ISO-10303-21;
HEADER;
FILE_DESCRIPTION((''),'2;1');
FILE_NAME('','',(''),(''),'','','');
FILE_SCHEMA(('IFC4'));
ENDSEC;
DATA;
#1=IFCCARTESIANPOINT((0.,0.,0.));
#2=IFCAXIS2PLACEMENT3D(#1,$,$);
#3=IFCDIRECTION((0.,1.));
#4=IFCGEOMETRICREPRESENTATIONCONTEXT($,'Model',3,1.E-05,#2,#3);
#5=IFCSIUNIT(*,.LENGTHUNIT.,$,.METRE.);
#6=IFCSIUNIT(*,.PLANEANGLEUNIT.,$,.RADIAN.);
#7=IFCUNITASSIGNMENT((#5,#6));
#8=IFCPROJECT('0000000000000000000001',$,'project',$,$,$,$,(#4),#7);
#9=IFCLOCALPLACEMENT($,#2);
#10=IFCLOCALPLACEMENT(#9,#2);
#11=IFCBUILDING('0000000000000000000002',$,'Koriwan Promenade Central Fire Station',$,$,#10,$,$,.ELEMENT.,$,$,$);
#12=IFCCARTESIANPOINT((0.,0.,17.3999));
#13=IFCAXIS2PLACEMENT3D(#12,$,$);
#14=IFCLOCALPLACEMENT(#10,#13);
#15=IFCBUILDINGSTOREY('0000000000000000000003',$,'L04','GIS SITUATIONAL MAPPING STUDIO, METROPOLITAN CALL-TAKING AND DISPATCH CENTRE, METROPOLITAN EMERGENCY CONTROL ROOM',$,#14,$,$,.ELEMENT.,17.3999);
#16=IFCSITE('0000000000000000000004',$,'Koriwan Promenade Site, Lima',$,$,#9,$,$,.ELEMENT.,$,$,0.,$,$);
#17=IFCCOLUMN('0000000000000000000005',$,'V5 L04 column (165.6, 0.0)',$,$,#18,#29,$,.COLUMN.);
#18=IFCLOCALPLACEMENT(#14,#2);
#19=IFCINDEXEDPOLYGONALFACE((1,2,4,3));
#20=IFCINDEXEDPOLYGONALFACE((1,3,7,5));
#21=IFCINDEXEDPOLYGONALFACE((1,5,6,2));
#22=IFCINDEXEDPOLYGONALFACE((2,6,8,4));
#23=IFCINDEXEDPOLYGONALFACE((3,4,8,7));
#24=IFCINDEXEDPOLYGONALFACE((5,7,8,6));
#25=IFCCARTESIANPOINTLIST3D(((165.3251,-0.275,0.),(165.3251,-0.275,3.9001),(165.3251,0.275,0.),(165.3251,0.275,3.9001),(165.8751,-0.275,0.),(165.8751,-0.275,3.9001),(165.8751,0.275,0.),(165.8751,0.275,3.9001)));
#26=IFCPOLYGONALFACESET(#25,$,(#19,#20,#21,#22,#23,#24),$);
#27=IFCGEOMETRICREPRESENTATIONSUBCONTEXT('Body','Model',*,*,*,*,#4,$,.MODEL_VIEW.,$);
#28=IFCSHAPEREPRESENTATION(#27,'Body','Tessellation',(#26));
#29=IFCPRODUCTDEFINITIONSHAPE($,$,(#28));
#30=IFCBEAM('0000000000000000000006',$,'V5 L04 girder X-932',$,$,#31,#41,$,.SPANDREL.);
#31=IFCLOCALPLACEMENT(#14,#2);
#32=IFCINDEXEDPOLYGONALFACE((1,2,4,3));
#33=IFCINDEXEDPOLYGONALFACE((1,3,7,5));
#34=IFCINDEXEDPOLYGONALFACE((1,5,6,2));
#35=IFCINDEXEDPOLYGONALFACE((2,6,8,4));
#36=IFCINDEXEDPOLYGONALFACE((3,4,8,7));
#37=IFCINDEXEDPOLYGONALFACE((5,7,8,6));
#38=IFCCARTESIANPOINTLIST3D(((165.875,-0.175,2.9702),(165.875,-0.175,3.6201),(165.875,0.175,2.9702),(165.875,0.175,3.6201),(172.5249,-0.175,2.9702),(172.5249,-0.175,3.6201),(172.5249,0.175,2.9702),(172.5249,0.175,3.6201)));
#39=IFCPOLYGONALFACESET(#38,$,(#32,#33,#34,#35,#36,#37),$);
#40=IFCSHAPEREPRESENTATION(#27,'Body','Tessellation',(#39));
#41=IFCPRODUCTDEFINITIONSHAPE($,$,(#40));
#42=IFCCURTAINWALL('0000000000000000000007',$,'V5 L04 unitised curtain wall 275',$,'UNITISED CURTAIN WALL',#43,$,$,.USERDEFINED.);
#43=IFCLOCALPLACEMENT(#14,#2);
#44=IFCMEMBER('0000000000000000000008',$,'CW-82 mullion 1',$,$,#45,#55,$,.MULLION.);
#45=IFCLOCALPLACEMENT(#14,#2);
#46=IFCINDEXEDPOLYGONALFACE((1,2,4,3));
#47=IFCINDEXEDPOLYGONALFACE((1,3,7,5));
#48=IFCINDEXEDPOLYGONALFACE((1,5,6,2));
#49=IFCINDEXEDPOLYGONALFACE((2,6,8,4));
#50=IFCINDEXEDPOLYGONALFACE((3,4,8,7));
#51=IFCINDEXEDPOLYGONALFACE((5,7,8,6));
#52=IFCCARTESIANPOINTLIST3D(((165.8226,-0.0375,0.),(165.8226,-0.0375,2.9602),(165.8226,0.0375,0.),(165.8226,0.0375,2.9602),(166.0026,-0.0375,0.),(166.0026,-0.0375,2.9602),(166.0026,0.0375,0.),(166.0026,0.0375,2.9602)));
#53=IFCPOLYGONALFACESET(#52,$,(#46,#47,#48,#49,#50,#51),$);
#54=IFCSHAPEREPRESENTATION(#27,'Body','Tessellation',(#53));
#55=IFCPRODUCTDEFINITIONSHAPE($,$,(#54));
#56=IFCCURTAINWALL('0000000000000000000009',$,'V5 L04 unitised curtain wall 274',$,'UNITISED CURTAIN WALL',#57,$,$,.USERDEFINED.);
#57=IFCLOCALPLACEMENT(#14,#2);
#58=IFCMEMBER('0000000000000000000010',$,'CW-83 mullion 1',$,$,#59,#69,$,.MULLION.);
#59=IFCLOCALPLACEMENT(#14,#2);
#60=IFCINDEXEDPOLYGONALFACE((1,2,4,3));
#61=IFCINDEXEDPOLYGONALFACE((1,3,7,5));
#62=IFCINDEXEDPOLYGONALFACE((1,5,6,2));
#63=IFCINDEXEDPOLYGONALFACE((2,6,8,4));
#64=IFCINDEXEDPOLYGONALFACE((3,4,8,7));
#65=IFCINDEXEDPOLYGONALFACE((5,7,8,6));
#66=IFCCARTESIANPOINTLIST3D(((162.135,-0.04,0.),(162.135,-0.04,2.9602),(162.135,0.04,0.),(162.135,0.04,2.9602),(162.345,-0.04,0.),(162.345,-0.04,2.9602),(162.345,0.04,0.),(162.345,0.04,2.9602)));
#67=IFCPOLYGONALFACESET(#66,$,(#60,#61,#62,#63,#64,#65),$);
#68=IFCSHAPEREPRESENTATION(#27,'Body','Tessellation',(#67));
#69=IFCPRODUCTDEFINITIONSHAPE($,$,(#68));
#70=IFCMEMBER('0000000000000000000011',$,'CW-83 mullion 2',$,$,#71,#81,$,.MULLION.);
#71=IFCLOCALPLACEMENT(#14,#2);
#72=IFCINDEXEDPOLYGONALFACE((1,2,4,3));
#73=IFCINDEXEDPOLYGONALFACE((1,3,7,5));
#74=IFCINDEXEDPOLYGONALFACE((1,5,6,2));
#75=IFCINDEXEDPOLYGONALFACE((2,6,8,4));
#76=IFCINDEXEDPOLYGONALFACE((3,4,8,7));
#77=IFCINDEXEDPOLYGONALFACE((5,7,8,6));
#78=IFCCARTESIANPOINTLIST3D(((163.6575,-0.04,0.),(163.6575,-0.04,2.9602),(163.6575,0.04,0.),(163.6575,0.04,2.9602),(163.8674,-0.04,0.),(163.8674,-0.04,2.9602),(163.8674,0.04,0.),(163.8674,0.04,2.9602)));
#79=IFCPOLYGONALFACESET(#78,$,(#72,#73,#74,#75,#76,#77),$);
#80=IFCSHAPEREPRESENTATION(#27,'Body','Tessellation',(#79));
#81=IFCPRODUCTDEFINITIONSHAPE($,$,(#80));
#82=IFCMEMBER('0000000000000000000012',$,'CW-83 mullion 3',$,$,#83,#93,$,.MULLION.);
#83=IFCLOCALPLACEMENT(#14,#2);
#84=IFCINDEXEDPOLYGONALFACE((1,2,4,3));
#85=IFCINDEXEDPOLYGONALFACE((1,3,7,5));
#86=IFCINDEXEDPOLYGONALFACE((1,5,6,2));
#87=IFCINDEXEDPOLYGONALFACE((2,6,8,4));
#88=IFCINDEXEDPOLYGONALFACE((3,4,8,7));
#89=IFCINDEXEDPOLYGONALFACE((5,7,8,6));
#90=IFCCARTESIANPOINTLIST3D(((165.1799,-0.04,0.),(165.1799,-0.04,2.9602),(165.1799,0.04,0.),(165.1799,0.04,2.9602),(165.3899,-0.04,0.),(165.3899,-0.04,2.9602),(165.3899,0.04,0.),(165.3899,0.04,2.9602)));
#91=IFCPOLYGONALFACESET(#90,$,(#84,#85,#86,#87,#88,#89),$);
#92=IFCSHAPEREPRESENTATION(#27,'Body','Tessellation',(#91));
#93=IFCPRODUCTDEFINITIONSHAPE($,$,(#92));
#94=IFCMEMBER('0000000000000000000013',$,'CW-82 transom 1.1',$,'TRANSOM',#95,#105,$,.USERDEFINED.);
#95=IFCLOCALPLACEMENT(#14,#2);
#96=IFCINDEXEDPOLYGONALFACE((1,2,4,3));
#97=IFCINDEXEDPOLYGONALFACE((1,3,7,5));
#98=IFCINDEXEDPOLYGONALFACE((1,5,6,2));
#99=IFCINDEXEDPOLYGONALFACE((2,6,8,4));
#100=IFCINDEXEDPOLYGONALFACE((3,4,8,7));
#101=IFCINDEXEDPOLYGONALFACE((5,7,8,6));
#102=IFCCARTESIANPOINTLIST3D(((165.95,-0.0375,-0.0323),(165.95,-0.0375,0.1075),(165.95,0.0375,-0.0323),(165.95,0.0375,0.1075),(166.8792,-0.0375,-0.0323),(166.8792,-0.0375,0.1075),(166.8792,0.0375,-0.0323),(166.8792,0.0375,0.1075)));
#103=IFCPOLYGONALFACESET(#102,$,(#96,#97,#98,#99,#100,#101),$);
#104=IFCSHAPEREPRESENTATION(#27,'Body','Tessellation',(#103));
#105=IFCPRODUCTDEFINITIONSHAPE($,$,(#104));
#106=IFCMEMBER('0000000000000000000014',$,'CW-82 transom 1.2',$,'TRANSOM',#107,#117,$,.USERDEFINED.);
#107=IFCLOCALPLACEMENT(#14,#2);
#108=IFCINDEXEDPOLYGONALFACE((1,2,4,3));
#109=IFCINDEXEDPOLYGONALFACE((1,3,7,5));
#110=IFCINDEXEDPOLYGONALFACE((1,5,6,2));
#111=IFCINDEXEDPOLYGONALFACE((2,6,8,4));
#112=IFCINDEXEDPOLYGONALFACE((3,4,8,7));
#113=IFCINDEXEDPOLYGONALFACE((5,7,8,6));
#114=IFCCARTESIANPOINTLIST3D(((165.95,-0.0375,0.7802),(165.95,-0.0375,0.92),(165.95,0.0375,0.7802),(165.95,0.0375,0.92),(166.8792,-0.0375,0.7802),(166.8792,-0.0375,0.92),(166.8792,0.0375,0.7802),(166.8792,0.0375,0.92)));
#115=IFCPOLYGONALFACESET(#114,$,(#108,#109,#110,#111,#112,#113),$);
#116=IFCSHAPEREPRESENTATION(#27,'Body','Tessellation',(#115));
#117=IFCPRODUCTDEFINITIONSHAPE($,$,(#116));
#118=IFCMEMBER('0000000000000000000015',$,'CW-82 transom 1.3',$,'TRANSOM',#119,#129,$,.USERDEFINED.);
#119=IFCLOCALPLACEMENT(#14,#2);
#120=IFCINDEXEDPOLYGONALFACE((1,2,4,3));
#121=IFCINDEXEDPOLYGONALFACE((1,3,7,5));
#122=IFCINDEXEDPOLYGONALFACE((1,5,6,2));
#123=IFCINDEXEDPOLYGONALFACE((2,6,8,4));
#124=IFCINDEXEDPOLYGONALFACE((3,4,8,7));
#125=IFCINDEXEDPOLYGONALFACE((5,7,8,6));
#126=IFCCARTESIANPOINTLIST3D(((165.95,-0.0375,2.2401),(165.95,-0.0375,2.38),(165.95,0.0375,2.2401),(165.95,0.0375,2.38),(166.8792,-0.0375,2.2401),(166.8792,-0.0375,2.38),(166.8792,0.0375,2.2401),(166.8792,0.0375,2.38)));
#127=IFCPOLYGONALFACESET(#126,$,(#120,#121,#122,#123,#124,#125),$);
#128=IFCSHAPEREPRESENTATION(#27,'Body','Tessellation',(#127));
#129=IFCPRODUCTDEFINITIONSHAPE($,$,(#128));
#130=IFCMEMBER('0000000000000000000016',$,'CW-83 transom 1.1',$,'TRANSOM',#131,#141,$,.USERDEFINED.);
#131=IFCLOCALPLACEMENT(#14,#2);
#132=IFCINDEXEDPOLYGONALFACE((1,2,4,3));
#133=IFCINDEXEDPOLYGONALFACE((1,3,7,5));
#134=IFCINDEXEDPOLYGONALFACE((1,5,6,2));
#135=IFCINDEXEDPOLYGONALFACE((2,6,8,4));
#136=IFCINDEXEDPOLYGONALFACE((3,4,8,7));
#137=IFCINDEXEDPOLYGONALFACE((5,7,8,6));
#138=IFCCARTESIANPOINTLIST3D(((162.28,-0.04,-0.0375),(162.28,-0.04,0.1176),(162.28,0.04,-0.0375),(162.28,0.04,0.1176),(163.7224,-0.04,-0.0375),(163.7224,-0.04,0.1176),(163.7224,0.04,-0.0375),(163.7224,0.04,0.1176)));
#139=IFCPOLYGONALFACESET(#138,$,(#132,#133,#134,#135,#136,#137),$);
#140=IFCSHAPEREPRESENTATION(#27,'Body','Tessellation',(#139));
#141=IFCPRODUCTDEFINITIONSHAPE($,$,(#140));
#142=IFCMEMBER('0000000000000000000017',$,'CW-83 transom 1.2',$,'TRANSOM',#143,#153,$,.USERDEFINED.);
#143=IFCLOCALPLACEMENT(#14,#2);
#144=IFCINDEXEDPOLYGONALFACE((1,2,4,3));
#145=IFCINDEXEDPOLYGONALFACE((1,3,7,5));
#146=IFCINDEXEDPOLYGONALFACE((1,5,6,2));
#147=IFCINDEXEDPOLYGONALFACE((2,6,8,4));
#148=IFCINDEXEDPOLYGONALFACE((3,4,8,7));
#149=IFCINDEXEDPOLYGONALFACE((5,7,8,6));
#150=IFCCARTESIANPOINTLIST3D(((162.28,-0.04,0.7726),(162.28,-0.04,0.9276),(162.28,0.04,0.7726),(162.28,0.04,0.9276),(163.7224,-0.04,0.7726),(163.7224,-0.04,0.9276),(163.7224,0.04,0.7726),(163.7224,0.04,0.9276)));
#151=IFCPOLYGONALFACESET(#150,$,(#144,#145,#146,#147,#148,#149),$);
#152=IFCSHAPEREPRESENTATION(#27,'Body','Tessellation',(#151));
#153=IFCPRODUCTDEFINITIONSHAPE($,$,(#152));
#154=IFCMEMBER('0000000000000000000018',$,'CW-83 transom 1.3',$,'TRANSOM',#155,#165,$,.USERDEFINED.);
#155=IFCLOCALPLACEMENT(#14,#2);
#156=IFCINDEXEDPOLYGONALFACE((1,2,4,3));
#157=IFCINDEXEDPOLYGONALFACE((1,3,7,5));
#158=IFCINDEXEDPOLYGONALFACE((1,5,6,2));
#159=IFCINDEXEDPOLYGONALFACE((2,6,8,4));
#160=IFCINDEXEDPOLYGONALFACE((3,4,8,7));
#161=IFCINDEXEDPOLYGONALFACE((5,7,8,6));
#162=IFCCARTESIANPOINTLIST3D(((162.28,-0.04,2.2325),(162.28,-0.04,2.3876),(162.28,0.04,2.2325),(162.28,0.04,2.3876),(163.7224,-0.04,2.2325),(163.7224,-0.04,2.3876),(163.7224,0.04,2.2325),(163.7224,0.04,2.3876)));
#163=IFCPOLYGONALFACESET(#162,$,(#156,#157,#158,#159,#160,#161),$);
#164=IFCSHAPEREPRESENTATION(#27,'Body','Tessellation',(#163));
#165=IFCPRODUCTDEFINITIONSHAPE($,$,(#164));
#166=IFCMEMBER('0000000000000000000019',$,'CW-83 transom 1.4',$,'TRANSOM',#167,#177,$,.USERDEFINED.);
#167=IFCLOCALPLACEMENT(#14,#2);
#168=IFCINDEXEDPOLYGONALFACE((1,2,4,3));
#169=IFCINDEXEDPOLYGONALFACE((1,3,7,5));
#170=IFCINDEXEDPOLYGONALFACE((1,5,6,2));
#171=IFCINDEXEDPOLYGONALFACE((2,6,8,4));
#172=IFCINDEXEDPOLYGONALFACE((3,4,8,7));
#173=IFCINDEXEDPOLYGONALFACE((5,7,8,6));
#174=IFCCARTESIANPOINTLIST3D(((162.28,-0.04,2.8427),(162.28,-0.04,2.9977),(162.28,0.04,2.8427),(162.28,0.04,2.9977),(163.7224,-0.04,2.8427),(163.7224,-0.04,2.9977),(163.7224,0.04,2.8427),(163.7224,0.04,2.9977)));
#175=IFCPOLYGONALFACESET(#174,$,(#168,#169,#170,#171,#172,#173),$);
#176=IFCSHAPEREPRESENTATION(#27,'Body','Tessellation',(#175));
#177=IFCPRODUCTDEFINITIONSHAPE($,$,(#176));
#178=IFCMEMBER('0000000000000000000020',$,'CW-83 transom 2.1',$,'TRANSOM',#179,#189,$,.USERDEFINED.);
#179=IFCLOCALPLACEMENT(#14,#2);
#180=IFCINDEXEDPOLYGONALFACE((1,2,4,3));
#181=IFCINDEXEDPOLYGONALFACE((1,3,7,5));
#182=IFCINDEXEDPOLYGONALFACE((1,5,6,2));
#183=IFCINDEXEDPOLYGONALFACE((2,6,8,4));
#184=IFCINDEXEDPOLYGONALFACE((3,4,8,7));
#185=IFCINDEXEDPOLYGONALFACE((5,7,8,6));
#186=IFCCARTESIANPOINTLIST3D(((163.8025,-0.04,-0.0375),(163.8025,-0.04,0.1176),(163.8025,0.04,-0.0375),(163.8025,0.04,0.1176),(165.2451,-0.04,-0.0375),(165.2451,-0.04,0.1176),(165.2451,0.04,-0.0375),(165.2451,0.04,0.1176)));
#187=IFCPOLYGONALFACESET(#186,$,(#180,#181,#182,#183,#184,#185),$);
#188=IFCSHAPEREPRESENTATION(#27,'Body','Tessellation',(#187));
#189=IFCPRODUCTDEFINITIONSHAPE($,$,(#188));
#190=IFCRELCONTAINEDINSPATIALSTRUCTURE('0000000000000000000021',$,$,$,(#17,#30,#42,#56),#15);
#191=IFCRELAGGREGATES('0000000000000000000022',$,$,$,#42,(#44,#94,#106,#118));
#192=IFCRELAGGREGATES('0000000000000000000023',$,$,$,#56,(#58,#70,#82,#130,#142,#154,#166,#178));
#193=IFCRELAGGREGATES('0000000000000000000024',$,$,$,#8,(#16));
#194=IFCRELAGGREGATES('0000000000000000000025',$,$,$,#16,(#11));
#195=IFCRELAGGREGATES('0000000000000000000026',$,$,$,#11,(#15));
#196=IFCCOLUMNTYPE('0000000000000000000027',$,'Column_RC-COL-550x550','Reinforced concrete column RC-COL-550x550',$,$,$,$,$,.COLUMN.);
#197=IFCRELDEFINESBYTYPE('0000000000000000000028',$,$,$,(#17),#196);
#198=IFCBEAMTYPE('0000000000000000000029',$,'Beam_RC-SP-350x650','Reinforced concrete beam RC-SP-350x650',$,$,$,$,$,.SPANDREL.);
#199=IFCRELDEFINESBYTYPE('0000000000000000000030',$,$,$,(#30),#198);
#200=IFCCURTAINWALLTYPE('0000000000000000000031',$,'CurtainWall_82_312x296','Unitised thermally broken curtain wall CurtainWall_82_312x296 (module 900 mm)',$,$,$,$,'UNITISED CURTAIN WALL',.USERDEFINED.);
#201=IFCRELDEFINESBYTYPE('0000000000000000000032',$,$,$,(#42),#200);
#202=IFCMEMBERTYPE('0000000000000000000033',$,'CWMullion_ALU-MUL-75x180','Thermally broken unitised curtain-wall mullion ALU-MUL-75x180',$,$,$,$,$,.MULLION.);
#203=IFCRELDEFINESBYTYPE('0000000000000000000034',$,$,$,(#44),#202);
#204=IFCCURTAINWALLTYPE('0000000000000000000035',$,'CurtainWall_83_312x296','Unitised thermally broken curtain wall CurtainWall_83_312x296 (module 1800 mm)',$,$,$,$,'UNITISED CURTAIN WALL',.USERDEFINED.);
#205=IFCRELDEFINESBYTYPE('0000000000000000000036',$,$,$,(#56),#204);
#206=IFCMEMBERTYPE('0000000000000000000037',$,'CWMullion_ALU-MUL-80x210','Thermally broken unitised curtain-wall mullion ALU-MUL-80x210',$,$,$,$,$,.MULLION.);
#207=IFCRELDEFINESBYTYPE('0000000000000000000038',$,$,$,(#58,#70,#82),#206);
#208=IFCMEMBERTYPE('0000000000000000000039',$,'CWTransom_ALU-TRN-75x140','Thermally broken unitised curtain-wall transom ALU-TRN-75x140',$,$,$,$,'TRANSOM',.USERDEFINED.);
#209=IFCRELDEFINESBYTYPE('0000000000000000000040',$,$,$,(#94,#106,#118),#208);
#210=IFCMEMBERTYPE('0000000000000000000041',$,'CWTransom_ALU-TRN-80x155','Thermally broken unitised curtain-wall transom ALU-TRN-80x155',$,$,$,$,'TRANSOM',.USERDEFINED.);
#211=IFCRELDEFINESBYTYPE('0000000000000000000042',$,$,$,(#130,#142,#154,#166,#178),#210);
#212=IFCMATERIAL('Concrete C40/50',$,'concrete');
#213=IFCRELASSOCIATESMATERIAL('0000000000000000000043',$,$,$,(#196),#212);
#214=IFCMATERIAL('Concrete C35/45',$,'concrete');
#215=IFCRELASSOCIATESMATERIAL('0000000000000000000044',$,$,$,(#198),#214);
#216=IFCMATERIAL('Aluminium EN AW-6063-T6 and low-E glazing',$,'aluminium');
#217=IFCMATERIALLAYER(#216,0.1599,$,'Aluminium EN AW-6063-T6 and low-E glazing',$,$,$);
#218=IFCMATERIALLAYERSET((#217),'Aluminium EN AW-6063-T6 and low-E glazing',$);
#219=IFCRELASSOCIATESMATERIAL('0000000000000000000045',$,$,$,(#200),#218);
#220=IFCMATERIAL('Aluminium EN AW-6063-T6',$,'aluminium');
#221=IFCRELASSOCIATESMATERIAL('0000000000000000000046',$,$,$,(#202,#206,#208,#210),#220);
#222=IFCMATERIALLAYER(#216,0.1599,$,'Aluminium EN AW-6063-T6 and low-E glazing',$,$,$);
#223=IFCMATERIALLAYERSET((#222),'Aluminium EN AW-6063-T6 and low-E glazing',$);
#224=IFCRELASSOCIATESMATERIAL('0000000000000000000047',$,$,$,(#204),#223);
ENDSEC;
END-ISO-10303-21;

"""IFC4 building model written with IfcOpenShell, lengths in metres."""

from ifc_helpers import new_model, si_unit, direction, frame, origin, origin_2d, place, context, subcontext, project, spatial, rectangle, extrude, material, layer, layer_set, material_profile, profile_set, type_object, element, aggregate, save


model = new_model("IFC4")

# Units and contexts
model_context = context("Model", 3, precision=1e-05, world=origin(), true_north=direction((0.0, 1.0)))
body_context = subcontext(model_context, "Body", "Model", "MODEL_VIEW")
ifc_project = project(units=[si_unit("LENGTHUNIT", "METRE"), si_unit("PLANEANGLEUNIT", "RADIAN")], contexts=[model_context])

# Site, building, storey
site_placement = place(None, origin())
site = spatial("IfcSite", under=ifc_project, at=site_placement, Name="Koriwan Promenade Site, Lima", CompositionType="ELEMENT", RefElevation=0.0)
building_placement = place(site_placement, origin())
building = spatial("IfcBuilding", under=site, at=building_placement, Name="Koriwan Promenade Central Fire Station", CompositionType="ELEMENT")
storey_placement = place(building_placement, frame((0.0, 0.0, 17.3999)))
storey = spatial("IfcBuildingStorey", under=building, at=storey_placement, Name="L04", Description="GIS SITUATIONAL MAPPING STUDIO, METROPOLITAN CALL-TAKING AND DISPATCH CENTRE, METROPOLITAN EMERGENCY CONTROL ROOM", CompositionType="ELEMENT", Elevation=17.3999)

# Column
ifc_material_1 = material(Name="Concrete C40/50", Category="concrete")
ifc_material_profile_1 = material_profile(ifc_material_1, rectangle(XDim=0.55, YDim=0.55, at=origin_2d()), Name="RC-COL-550x550")
ifc_profile_set_1 = profile_set([ifc_material_profile_1], Name="Concrete C40/50")
column_type = type_object("IfcColumnType", Name="Column_RC-COL-550x550", Description="Reinforced concrete column RC-COL-550x550", PredefinedType="COLUMN", material=ifc_profile_set_1)
column_placement = place(storey_placement, frame((165.6001, 0.0, 0.0), z_axis=(0.0, 0.0, 1.0), x_axis=(1.0, 0.0, 0.0)))
element("IfcColumn", 1, at=column_placement, inside=storey, type_object=column_type, Name="V5 L04 column (165.6, 0.0)", PredefinedType="COLUMN", context=body_context, shape_type="SweptSolid", body=[
    extrude(rectangle(XDim=0.55, YDim=0.55, at=origin_2d()), origin(), (0.0, 0.0, 1.0), 3.9001),
])

# Beam
ifc_material_2 = material(Name="Concrete C35/45", Category="concrete")
ifc_material_profile_2 = material_profile(ifc_material_2, rectangle(XDim=0.3501, YDim=0.6499, at=origin_2d()), Name="RC-SP-350x650")
ifc_profile_set_2 = profile_set([ifc_material_profile_2], Name="Concrete C35/45")
beam_type = type_object("IfcBeamType", Name="Beam_RC-SP-350x650", Description="Reinforced concrete beam RC-SP-350x650", PredefinedType="SPANDREL", material=ifc_profile_set_2)
beam_placement = place(storey_placement, frame((165.875, 0.0, 3.2952), z_axis=(1.0, 0.0, 0.0), x_axis=(0.0, 1.0, 0.0)))
element("IfcBeam", 2, at=beam_placement, inside=storey, type_object=beam_type, Name="V5 L04 girder X-932", PredefinedType="SPANDREL", context=body_context, shape_type="SweptSolid", body=[
    extrude(rectangle(XDim=0.3501, YDim=0.6499, at=origin_2d()), origin(), (0.0, 0.0, 1.0), 6.6499),
])

# Curtain wall, member
ifc_material_3 = material(Name="Aluminium EN AW-6063-T6 and low-E glazing", Category="aluminium")
ifc_layer_1 = layer(ifc_material_3, 0.1599, Name="Aluminium EN AW-6063-T6 and low-E glazing")
ifc_layer_set_1 = layer_set([ifc_layer_1], Name="Aluminium EN AW-6063-T6 and low-E glazing")
curtain_wall_type_1 = type_object("IfcCurtainWallType", Name="CurtainWall_82_312x296", Description="Unitised thermally broken curtain wall CurtainWall_82_312x296 (module 900 mm)", ElementType="UNITISED CURTAIN WALL", PredefinedType="USERDEFINED", material=ifc_layer_set_1)
curtain_wall_1_placement = place(storey_placement, origin())
curtain_wall_1 = element("IfcCurtainWall", 3, at=curtain_wall_1_placement, inside=storey, type_object=curtain_wall_type_1, Name="V5 L04 unitised curtain wall 275", ObjectType="UNITISED CURTAIN WALL", PredefinedType="USERDEFINED")
ifc_material_4 = material(Name="Aluminium EN AW-6063-T6", Category="aluminium")
ifc_material_profile_3 = material_profile(ifc_material_4, rectangle(XDim=0.075, YDim=0.1799, at=origin_2d()), Name="ALU-MUL-75x180")
ifc_profile_set_3 = profile_set([ifc_material_profile_3], Name="Aluminium EN AW-6063-T6")
member_type_1 = type_object("IfcMemberType", Name="CWMullion_ALU-MUL-75x180", Description="Thermally broken unitised curtain-wall mullion ALU-MUL-75x180", PredefinedType="MULLION", material=ifc_profile_set_3)
member_1_placement = place(storey_placement, frame((165.9126, 0.0, 0.0), z_axis=(0.0, 0.0, 1.0), x_axis=(0.0, 1.0, 0.0)))
member_1 = element("IfcMember", 4, at=member_1_placement, type_object=member_type_1, Name="CW-82 mullion 1", PredefinedType="MULLION", context=body_context, shape_type="SweptSolid", body=[
    extrude(rectangle(XDim=0.075, YDim=0.1799, at=origin_2d()), origin(), (0.0, 0.0, 1.0), 2.9602),
])

# Curtain wall, members
ifc_layer_2 = layer(ifc_material_3, 0.1599, Name="Aluminium EN AW-6063-T6 and low-E glazing")
ifc_layer_set_2 = layer_set([ifc_layer_2], Name="Aluminium EN AW-6063-T6 and low-E glazing")
curtain_wall_type_2 = type_object("IfcCurtainWallType", Name="CurtainWall_83_312x296", Description="Unitised thermally broken curtain wall CurtainWall_83_312x296 (module 1800 mm)", ElementType="UNITISED CURTAIN WALL", PredefinedType="USERDEFINED", material=ifc_layer_set_2)
curtain_wall_2_placement = place(storey_placement, origin())
curtain_wall_2 = element("IfcCurtainWall", 5, at=curtain_wall_2_placement, inside=storey, type_object=curtain_wall_type_2, Name="V5 L04 unitised curtain wall 274", ObjectType="UNITISED CURTAIN WALL", PredefinedType="USERDEFINED")
ifc_material_profile_4 = material_profile(ifc_material_4, rectangle(XDim=0.0801, YDim=0.21, at=origin_2d()), Name="ALU-MUL-80x210")
ifc_profile_set_4 = profile_set([ifc_material_profile_4], Name="Aluminium EN AW-6063-T6")
member_type_2 = type_object("IfcMemberType", Name="CWMullion_ALU-MUL-80x210", Description="Thermally broken unitised curtain-wall mullion ALU-MUL-80x210", PredefinedType="MULLION", material=ifc_profile_set_4)
member_2_placement = place(storey_placement, frame((162.24, 0.0, 0.0), z_axis=(0.0, 0.0, 1.0), x_axis=(0.0, 1.0, 0.0)))
member_2 = element("IfcMember", 6, at=member_2_placement, type_object=member_type_2, Name="CW-83 mullion 1", PredefinedType="MULLION", context=body_context, shape_type="SweptSolid", body=[
    extrude(rectangle(XDim=0.0801, YDim=0.21, at=origin_2d()), origin(), (0.0, 0.0, 1.0), 2.9602),
])
member_3_placement = place(storey_placement, frame((163.7625, 0.0, 0.0), z_axis=(0.0, 0.0, 1.0), x_axis=(0.0, 1.0, 0.0)))
member_3 = element("IfcMember", 7, at=member_3_placement, type_object=member_type_2, Name="CW-83 mullion 2", PredefinedType="MULLION", context=body_context, shape_type="SweptSolid", body=[
    extrude(rectangle(XDim=0.0801, YDim=0.21, at=origin_2d()), origin(), (0.0, 0.0, 1.0), 2.9602),
])
member_4_placement = place(storey_placement, frame((165.2849, 0.0, 0.0), z_axis=(0.0, 0.0, 1.0), x_axis=(0.0, 1.0, 0.0)))
member_4 = element("IfcMember", 8, at=member_4_placement, type_object=member_type_2, Name="CW-83 mullion 3", PredefinedType="MULLION", context=body_context, shape_type="SweptSolid", body=[
    extrude(rectangle(XDim=0.0801, YDim=0.21, at=origin_2d()), origin(), (0.0, 0.0, 1.0), 2.9602),
])

# Members
ifc_material_profile_5 = material_profile(ifc_material_4, rectangle(XDim=0.075, YDim=0.1399, at=origin_2d()), Name="ALU-TRN-75x140")
ifc_profile_set_5 = profile_set([ifc_material_profile_5], Name="Aluminium EN AW-6063-T6")
member_type_3 = type_object("IfcMemberType", Name="CWTransom_ALU-TRN-75x140", Description="Thermally broken unitised curtain-wall transom ALU-TRN-75x140", ElementType="TRANSOM", PredefinedType="USERDEFINED", material=ifc_profile_set_5)
member_5_placement = place(storey_placement, frame((165.95, 0.0, 0.0376), z_axis=(1.0, 0.0, 0.0), x_axis=(0.0, 1.0, 0.0)))
member_5 = element("IfcMember", 9, at=member_5_placement, type_object=member_type_3, Name="CW-82 transom 1.1", ObjectType="TRANSOM", PredefinedType="USERDEFINED", context=body_context, shape_type="SweptSolid", body=[
    extrude(rectangle(XDim=0.075, YDim=0.1399, at=origin_2d()), origin(), (0.0, 0.0, 1.0), 0.9292),
])
member_6_placement = place(storey_placement, frame((165.95, 0.0, 0.8501), z_axis=(1.0, 0.0, 0.0), x_axis=(0.0, 1.0, 0.0)))
member_6 = element("IfcMember", 10, at=member_6_placement, type_object=member_type_3, Name="CW-82 transom 1.2", ObjectType="TRANSOM", PredefinedType="USERDEFINED", context=body_context, shape_type="SweptSolid", body=[
    extrude(rectangle(XDim=0.075, YDim=0.1399, at=origin_2d()), origin(), (0.0, 0.0, 1.0), 0.9292),
])
member_7_placement = place(storey_placement, frame((165.95, 0.0, 2.3101), z_axis=(1.0, 0.0, 0.0), x_axis=(0.0, 1.0, 0.0)))
member_7 = element("IfcMember", 11, at=member_7_placement, type_object=member_type_3, Name="CW-82 transom 1.3", ObjectType="TRANSOM", PredefinedType="USERDEFINED", context=body_context, shape_type="SweptSolid", body=[
    extrude(rectangle(XDim=0.075, YDim=0.1399, at=origin_2d()), origin(), (0.0, 0.0, 1.0), 0.9292),
])
aggregate(curtain_wall_1, [member_1, member_5, member_6, member_7])
ifc_material_profile_6 = material_profile(ifc_material_4, rectangle(XDim=0.0801, YDim=0.155, at=origin_2d()), Name="ALU-TRN-80x155")
ifc_profile_set_6 = profile_set([ifc_material_profile_6], Name="Aluminium EN AW-6063-T6")
member_type_4 = type_object("IfcMemberType", Name="CWTransom_ALU-TRN-80x155", Description="Thermally broken unitised curtain-wall transom ALU-TRN-80x155", ElementType="TRANSOM", PredefinedType="USERDEFINED", material=ifc_profile_set_6)
member_8_placement = place(storey_placement, frame((162.28, 0.0, 0.04), z_axis=(1.0, 0.0, 0.0), x_axis=(0.0, 1.0, 0.0)))
member_8 = element("IfcMember", 12, at=member_8_placement, type_object=member_type_4, Name="CW-83 transom 1.1", ObjectType="TRANSOM", PredefinedType="USERDEFINED", context=body_context, shape_type="SweptSolid", body=[
    extrude(rectangle(XDim=0.0801, YDim=0.155, at=origin_2d()), origin(), (0.0, 0.0, 1.0), 1.4424),
])
member_9_placement = place(storey_placement, frame((162.28, 0.0, 0.8501), z_axis=(1.0, 0.0, 0.0), x_axis=(0.0, 1.0, 0.0)))
member_9 = element("IfcMember", 13, at=member_9_placement, type_object=member_type_4, Name="CW-83 transom 1.2", ObjectType="TRANSOM", PredefinedType="USERDEFINED", context=body_context, shape_type="SweptSolid", body=[
    extrude(rectangle(XDim=0.0801, YDim=0.155, at=origin_2d()), origin(), (0.0, 0.0, 1.0), 1.4424),
])
member_10_placement = place(storey_placement, frame((162.28, 0.0, 2.3101), z_axis=(1.0, 0.0, 0.0), x_axis=(0.0, 1.0, 0.0)))
member_10 = element("IfcMember", 14, at=member_10_placement, type_object=member_type_4, Name="CW-83 transom 1.3", ObjectType="TRANSOM", PredefinedType="USERDEFINED", context=body_context, shape_type="SweptSolid", body=[
    extrude(rectangle(XDim=0.0801, YDim=0.155, at=origin_2d()), origin(), (0.0, 0.0, 1.0), 1.4424),
])
member_11_placement = place(storey_placement, frame((162.28, 0.0, 2.9202), z_axis=(1.0, 0.0, 0.0), x_axis=(0.0, 1.0, 0.0)))
member_11 = element("IfcMember", 15, at=member_11_placement, type_object=member_type_4, Name="CW-83 transom 1.4", ObjectType="TRANSOM", PredefinedType="USERDEFINED", context=body_context, shape_type="SweptSolid", body=[
    extrude(rectangle(XDim=0.0801, YDim=0.155, at=origin_2d()), origin(), (0.0, 0.0, 1.0), 1.4424),
])
member_12_placement = place(storey_placement, frame((163.8025, 0.0, 0.04), z_axis=(1.0, 0.0, 0.0), x_axis=(0.0, 1.0, 0.0)))
member_12 = element("IfcMember", 16, at=member_12_placement, type_object=member_type_4, Name="CW-83 transom 2.1", ObjectType="TRANSOM", PredefinedType="USERDEFINED", context=body_context, shape_type="SweptSolid", body=[
    extrude(rectangle(XDim=0.0801, YDim=0.155, at=origin_2d()), origin(), (0.0, 0.0, 1.0), 1.4426),
])

aggregate(curtain_wall_2, [member_2, member_3, member_4, member_8, member_9, member_10, member_11, member_12])

save(model, "model.ifc")
